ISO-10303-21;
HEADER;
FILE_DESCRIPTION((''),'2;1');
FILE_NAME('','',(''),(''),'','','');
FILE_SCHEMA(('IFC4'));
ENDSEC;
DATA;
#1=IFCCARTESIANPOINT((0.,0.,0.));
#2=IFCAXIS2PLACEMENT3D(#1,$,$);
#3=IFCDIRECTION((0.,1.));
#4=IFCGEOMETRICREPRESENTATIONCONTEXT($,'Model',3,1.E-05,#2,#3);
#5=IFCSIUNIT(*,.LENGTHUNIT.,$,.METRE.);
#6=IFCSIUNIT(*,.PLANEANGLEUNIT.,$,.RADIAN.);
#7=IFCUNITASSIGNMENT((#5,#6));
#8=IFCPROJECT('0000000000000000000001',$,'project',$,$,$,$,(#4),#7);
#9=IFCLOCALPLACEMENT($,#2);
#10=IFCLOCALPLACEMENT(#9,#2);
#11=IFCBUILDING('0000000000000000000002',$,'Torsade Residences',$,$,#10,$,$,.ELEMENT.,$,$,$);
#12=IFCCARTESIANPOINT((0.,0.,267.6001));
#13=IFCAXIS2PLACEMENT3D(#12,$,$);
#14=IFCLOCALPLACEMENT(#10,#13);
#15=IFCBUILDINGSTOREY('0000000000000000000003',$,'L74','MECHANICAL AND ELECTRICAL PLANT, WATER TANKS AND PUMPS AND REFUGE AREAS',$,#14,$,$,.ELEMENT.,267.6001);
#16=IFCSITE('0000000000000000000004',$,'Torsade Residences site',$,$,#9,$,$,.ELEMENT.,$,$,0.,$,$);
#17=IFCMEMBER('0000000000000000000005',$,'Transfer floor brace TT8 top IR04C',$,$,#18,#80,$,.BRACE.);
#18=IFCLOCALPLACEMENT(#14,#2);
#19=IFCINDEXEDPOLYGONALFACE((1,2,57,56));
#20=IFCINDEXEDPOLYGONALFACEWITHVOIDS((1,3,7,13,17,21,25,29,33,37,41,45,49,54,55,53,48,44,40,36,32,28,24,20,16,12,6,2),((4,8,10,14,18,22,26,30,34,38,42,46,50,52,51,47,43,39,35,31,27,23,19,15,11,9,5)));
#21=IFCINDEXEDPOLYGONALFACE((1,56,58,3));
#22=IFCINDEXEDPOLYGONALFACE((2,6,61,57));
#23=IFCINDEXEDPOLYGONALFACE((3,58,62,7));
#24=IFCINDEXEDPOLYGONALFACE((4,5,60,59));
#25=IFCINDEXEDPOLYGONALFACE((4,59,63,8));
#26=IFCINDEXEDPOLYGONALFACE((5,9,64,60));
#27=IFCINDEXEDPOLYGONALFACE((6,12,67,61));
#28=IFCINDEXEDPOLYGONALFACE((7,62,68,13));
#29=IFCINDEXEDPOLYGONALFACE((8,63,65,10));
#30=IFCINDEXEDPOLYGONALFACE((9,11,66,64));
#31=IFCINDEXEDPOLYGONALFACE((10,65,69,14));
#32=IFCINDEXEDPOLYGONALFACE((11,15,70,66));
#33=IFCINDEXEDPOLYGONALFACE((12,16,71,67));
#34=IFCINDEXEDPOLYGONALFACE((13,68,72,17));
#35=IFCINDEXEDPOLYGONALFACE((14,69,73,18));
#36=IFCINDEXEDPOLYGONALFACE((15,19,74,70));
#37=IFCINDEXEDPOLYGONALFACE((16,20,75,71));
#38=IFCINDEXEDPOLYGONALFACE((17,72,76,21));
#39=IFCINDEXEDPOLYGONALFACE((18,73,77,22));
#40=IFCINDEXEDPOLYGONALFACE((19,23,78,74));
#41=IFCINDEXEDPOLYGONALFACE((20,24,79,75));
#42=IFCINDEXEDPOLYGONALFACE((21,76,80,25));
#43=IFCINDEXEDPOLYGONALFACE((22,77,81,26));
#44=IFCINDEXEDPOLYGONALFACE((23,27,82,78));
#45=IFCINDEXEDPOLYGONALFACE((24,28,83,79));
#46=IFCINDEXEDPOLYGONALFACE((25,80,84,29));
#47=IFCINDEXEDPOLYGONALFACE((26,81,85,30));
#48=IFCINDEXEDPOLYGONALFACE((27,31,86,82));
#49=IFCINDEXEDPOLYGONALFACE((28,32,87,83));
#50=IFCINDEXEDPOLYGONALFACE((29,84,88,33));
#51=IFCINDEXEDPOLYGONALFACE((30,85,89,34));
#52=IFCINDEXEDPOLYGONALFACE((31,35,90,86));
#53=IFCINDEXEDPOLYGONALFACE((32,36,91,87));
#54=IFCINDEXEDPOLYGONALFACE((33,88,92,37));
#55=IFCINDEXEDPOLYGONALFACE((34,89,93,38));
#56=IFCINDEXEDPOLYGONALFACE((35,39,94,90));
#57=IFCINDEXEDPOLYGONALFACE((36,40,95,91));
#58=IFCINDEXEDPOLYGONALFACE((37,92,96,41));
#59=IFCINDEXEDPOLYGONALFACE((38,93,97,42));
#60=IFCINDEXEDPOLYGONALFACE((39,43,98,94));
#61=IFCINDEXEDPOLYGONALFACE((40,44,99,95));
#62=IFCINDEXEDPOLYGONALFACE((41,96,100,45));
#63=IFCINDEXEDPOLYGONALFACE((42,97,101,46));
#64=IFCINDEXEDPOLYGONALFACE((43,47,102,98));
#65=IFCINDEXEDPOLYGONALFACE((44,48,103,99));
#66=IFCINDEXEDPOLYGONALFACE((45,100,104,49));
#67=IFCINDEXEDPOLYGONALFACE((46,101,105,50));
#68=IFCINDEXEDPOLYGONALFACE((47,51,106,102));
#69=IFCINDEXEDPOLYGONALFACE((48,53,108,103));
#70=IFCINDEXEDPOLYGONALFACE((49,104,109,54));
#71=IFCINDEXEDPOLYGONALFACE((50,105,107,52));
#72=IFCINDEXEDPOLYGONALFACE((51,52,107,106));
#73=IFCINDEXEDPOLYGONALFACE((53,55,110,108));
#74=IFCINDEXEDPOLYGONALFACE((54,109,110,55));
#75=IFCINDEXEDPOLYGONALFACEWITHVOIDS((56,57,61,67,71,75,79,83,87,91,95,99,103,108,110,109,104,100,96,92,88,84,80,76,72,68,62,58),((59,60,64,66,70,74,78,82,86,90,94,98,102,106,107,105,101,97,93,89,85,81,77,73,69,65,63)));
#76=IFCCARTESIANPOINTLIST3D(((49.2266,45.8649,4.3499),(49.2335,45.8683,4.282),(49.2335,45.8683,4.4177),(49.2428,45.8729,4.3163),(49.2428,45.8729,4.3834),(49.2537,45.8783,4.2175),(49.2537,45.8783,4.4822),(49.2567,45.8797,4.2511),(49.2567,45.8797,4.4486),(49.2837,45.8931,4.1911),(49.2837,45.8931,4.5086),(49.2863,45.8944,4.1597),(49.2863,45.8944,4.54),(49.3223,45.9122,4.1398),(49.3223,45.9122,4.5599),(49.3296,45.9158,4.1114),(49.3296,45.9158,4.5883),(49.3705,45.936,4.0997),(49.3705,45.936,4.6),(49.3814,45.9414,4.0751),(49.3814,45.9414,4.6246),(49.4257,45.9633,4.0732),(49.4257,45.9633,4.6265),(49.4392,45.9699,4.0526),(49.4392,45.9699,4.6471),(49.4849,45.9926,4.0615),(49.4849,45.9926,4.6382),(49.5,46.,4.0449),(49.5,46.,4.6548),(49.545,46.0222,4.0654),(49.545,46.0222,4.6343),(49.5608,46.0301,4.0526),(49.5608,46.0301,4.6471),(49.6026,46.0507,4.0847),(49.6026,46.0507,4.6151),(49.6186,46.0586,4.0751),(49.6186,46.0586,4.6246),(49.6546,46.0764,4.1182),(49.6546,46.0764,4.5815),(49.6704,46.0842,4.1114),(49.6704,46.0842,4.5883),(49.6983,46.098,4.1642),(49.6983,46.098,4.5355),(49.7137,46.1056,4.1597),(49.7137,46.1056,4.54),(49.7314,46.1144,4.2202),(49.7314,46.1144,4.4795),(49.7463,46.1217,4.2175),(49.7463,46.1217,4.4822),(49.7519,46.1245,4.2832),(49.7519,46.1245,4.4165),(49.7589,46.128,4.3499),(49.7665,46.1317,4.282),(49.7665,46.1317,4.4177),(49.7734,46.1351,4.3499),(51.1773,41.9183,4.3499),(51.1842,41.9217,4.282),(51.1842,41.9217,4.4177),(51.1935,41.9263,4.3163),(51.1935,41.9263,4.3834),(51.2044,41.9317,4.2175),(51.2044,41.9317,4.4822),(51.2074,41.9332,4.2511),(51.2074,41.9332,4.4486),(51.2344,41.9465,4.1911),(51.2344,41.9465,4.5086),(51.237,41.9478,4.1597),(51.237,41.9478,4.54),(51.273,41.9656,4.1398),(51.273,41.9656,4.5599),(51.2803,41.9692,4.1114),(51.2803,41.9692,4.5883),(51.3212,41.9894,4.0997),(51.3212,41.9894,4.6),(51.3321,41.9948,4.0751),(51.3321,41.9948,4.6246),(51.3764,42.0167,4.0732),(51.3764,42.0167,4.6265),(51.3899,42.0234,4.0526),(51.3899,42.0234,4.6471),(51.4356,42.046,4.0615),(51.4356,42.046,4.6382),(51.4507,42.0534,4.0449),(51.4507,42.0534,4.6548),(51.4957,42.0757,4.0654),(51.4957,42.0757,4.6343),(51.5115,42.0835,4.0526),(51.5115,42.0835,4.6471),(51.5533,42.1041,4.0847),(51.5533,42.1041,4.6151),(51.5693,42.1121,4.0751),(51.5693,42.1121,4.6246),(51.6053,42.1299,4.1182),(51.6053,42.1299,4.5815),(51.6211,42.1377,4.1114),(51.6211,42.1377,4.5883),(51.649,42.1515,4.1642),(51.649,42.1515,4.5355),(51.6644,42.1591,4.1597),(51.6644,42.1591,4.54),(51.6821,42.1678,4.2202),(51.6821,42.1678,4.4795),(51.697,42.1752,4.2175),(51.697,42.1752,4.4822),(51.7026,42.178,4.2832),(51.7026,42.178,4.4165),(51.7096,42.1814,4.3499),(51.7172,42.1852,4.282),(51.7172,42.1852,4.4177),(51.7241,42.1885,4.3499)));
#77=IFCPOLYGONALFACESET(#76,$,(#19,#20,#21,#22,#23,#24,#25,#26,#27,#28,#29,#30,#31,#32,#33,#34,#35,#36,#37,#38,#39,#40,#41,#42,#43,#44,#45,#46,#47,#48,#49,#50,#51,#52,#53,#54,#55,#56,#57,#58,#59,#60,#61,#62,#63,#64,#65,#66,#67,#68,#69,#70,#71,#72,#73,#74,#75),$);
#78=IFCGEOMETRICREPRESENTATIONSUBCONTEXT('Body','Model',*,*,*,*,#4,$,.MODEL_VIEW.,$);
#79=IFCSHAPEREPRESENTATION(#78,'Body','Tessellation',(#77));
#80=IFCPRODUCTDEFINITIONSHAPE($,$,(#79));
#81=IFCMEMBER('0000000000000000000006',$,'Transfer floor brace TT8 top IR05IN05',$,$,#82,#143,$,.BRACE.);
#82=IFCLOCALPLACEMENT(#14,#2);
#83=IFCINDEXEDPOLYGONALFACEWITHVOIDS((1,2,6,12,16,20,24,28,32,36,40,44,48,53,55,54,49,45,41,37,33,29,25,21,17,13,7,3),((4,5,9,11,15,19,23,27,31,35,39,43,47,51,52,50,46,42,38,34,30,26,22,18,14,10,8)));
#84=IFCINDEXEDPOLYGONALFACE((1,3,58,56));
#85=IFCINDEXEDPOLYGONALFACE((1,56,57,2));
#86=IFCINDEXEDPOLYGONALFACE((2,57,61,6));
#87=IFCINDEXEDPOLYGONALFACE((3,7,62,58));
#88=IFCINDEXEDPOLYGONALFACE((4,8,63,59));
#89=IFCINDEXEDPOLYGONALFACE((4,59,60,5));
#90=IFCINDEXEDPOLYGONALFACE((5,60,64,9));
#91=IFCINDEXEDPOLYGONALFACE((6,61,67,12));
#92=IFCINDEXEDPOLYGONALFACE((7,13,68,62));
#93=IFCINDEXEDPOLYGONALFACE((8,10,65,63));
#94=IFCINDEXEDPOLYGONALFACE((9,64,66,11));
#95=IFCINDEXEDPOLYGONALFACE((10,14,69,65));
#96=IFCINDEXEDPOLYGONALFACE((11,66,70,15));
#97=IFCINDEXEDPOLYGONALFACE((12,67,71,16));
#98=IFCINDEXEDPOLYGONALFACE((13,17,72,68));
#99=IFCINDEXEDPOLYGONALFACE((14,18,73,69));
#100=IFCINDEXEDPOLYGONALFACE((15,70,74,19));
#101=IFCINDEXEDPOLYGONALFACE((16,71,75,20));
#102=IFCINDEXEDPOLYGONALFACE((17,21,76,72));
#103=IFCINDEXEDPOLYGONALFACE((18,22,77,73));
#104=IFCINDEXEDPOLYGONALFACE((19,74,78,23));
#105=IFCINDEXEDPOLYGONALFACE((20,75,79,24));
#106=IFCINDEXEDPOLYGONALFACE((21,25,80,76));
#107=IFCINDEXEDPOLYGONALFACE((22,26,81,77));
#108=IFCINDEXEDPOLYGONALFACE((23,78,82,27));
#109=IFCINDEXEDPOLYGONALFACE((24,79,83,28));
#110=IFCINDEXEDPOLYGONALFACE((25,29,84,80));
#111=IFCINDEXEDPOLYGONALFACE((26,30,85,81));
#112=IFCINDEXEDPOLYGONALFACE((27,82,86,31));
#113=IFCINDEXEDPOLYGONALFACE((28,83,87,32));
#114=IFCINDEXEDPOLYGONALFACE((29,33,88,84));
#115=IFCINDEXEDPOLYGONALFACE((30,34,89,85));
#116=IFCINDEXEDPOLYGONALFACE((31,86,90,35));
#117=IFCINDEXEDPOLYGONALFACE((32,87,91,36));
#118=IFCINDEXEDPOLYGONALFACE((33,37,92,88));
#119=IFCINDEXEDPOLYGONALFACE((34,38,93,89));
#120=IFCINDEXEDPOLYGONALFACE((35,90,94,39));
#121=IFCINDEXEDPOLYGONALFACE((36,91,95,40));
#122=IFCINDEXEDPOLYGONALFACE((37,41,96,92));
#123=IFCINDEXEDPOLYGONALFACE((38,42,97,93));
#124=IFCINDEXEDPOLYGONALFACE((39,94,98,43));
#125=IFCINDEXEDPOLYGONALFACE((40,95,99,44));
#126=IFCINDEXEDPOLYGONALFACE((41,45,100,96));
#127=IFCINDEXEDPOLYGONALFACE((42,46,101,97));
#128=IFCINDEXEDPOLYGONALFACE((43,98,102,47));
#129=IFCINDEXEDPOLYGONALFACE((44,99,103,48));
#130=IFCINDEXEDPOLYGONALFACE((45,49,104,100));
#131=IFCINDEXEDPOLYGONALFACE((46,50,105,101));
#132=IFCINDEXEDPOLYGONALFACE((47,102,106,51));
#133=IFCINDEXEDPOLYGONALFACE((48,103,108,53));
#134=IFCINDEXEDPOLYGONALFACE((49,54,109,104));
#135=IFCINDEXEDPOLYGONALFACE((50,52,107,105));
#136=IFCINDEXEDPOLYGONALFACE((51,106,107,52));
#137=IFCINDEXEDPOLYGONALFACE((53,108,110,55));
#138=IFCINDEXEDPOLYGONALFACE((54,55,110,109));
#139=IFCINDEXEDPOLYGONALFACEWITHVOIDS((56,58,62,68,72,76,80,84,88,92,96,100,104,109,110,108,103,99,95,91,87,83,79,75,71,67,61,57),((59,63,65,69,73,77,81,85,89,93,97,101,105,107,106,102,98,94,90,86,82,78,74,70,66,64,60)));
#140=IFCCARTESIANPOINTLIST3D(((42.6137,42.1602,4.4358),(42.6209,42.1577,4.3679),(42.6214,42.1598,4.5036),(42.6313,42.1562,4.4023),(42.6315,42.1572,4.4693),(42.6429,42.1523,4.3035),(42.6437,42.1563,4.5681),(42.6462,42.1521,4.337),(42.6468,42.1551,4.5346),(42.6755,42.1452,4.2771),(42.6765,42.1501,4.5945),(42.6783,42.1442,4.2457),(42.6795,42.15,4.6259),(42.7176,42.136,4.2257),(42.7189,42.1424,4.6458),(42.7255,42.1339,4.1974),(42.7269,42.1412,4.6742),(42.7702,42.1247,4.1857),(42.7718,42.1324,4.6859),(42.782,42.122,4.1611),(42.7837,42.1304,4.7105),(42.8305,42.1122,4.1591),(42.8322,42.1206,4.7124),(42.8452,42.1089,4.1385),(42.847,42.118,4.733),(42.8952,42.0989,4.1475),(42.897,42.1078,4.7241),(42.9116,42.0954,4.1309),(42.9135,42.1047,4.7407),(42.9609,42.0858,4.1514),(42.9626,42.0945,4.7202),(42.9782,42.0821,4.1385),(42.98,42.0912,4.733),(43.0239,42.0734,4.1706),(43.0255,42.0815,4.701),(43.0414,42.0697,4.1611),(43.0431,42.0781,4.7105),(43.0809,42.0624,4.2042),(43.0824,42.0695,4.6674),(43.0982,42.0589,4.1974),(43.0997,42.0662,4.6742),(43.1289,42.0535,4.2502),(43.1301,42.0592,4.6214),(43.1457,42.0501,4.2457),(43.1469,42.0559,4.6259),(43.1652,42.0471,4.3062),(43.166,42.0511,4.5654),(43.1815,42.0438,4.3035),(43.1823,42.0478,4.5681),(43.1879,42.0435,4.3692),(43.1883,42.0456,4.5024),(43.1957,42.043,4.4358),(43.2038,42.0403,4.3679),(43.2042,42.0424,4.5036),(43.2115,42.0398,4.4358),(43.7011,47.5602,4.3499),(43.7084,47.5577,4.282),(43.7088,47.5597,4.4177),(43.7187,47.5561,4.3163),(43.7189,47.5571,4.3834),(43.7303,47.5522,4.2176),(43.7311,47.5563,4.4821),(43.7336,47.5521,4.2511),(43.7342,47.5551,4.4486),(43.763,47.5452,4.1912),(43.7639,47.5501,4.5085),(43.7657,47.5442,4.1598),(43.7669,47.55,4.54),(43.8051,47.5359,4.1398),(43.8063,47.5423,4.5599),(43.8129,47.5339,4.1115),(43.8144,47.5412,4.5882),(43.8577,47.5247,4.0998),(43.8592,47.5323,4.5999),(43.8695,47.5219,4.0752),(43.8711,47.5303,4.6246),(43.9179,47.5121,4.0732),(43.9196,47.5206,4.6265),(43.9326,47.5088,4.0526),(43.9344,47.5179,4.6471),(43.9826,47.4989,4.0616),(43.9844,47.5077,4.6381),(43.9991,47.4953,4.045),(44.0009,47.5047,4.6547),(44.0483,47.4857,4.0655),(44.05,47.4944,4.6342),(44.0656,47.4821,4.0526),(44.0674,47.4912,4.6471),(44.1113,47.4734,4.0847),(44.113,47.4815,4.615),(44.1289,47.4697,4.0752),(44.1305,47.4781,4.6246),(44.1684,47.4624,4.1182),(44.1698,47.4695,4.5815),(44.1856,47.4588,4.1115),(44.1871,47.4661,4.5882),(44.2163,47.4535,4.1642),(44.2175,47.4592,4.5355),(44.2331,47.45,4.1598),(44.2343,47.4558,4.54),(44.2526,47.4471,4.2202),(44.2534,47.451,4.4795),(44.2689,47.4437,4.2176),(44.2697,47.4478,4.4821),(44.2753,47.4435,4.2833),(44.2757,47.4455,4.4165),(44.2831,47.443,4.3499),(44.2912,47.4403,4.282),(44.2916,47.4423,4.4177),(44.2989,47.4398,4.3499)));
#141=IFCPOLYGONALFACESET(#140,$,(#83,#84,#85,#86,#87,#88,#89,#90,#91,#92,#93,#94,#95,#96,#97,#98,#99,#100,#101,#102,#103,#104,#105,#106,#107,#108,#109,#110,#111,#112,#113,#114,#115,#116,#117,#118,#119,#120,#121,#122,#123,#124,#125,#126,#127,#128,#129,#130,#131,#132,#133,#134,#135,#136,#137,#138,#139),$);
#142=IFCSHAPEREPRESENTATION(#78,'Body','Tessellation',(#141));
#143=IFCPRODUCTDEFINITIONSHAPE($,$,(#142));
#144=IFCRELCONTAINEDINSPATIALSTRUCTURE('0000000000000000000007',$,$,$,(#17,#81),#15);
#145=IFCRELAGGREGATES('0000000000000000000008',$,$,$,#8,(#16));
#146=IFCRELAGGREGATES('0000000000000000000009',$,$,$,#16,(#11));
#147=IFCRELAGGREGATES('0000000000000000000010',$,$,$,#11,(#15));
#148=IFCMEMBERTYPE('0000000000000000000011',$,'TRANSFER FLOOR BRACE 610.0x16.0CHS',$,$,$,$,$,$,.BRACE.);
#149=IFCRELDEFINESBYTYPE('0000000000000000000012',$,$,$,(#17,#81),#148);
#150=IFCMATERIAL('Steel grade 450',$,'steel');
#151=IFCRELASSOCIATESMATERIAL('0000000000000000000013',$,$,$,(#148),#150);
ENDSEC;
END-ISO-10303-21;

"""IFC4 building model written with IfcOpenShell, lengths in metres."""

from ifc_helpers import new_model, si_unit, direction, frame, origin, origin_2d, place, context, subcontext, project, spatial, hollow_circle, extrude, material, material_profile, profile_set, type_object, element, save


model = new_model("IFC4")

# Units and contexts
model_context = context("Model", 3, precision=1e-05, world=origin(), true_north=direction((0.0, 1.0)))
body_context = subcontext(model_context, "Body", "Model", "MODEL_VIEW")
ifc_project = project(units=[si_unit("LENGTHUNIT", "METRE"), si_unit("PLANEANGLEUNIT", "RADIAN")], contexts=[model_context])

# Site, building, storey
site_placement = place(None, origin())
site = spatial("IfcSite", under=ifc_project, at=site_placement, Name="Torsade Residences site", CompositionType="ELEMENT", RefElevation=0.0)
building_placement = place(site_placement, origin())
building = spatial("IfcBuilding", under=site, at=building_placement, Name="Torsade Residences", CompositionType="ELEMENT")
storey_placement = place(building_placement, frame((0.0, 0.0, 267.6001)))
storey = spatial("IfcBuildingStorey", under=building, at=storey_placement, Name="L74", Description="MECHANICAL AND ELECTRICAL PLANT, WATER TANKS AND PUMPS AND REFUGE AREAS", CompositionType="ELEMENT", Elevation=267.6001)

# Members
ifc_material_1 = material(Name="Steel grade 450", Category="steel")
ifc_material_profile_1 = material_profile(ifc_material_1, hollow_circle(Radius=0.3049, WallThickness=0.0161, at=origin_2d()), Name="610.0x16.0CHS")
ifc_profile_set_1 = profile_set([ifc_material_profile_1], Name="Steel grade 450")
member_type_1 = type_object("IfcMemberType", Name="TRANSFER FLOOR BRACE 610.0x16.0CHS", PredefinedType="BRACE", material=ifc_profile_set_1)
member_1_placement = place(storey_placement, frame((49.5, 46.0, 4.3499), z_axis=(0.443105, -0.89647, 0.0), x_axis=(0.89647, 0.443105, 0.0)))
element("IfcMember", 1, at=member_1_placement, inside=storey, type_object=member_type_1, Name="Transfer floor brace TT8 top IR04C", PredefinedType="BRACE", context=body_context, shape_type="SweptSolid", body=[
    extrude(hollow_circle(Radius=0.3049, WallThickness=0.0161, at=origin_2d()), origin(), (0.0, 0.0, 1.0), 4.4023),
])
member_2_placement = place(storey_placement, frame((44.0, 47.5, 4.3499), z_axis=(-0.197388, -0.980201, 0.0156), x_axis=(0.980321, -0.197412, 0.0)))
element("IfcMember", 2, at=member_2_placement, inside=storey, type_object=member_type_1, Name="Transfer floor brace TT8 top IR05IN05", PredefinedType="BRACE", context=body_context, shape_type="SweptSolid", body=[
    extrude(hollow_circle(Radius=0.3049, WallThickness=0.0161, at=origin_2d()), origin(), (0.0, 0.0, 1.0), 5.509),
])

save(model, "model.ifc")
